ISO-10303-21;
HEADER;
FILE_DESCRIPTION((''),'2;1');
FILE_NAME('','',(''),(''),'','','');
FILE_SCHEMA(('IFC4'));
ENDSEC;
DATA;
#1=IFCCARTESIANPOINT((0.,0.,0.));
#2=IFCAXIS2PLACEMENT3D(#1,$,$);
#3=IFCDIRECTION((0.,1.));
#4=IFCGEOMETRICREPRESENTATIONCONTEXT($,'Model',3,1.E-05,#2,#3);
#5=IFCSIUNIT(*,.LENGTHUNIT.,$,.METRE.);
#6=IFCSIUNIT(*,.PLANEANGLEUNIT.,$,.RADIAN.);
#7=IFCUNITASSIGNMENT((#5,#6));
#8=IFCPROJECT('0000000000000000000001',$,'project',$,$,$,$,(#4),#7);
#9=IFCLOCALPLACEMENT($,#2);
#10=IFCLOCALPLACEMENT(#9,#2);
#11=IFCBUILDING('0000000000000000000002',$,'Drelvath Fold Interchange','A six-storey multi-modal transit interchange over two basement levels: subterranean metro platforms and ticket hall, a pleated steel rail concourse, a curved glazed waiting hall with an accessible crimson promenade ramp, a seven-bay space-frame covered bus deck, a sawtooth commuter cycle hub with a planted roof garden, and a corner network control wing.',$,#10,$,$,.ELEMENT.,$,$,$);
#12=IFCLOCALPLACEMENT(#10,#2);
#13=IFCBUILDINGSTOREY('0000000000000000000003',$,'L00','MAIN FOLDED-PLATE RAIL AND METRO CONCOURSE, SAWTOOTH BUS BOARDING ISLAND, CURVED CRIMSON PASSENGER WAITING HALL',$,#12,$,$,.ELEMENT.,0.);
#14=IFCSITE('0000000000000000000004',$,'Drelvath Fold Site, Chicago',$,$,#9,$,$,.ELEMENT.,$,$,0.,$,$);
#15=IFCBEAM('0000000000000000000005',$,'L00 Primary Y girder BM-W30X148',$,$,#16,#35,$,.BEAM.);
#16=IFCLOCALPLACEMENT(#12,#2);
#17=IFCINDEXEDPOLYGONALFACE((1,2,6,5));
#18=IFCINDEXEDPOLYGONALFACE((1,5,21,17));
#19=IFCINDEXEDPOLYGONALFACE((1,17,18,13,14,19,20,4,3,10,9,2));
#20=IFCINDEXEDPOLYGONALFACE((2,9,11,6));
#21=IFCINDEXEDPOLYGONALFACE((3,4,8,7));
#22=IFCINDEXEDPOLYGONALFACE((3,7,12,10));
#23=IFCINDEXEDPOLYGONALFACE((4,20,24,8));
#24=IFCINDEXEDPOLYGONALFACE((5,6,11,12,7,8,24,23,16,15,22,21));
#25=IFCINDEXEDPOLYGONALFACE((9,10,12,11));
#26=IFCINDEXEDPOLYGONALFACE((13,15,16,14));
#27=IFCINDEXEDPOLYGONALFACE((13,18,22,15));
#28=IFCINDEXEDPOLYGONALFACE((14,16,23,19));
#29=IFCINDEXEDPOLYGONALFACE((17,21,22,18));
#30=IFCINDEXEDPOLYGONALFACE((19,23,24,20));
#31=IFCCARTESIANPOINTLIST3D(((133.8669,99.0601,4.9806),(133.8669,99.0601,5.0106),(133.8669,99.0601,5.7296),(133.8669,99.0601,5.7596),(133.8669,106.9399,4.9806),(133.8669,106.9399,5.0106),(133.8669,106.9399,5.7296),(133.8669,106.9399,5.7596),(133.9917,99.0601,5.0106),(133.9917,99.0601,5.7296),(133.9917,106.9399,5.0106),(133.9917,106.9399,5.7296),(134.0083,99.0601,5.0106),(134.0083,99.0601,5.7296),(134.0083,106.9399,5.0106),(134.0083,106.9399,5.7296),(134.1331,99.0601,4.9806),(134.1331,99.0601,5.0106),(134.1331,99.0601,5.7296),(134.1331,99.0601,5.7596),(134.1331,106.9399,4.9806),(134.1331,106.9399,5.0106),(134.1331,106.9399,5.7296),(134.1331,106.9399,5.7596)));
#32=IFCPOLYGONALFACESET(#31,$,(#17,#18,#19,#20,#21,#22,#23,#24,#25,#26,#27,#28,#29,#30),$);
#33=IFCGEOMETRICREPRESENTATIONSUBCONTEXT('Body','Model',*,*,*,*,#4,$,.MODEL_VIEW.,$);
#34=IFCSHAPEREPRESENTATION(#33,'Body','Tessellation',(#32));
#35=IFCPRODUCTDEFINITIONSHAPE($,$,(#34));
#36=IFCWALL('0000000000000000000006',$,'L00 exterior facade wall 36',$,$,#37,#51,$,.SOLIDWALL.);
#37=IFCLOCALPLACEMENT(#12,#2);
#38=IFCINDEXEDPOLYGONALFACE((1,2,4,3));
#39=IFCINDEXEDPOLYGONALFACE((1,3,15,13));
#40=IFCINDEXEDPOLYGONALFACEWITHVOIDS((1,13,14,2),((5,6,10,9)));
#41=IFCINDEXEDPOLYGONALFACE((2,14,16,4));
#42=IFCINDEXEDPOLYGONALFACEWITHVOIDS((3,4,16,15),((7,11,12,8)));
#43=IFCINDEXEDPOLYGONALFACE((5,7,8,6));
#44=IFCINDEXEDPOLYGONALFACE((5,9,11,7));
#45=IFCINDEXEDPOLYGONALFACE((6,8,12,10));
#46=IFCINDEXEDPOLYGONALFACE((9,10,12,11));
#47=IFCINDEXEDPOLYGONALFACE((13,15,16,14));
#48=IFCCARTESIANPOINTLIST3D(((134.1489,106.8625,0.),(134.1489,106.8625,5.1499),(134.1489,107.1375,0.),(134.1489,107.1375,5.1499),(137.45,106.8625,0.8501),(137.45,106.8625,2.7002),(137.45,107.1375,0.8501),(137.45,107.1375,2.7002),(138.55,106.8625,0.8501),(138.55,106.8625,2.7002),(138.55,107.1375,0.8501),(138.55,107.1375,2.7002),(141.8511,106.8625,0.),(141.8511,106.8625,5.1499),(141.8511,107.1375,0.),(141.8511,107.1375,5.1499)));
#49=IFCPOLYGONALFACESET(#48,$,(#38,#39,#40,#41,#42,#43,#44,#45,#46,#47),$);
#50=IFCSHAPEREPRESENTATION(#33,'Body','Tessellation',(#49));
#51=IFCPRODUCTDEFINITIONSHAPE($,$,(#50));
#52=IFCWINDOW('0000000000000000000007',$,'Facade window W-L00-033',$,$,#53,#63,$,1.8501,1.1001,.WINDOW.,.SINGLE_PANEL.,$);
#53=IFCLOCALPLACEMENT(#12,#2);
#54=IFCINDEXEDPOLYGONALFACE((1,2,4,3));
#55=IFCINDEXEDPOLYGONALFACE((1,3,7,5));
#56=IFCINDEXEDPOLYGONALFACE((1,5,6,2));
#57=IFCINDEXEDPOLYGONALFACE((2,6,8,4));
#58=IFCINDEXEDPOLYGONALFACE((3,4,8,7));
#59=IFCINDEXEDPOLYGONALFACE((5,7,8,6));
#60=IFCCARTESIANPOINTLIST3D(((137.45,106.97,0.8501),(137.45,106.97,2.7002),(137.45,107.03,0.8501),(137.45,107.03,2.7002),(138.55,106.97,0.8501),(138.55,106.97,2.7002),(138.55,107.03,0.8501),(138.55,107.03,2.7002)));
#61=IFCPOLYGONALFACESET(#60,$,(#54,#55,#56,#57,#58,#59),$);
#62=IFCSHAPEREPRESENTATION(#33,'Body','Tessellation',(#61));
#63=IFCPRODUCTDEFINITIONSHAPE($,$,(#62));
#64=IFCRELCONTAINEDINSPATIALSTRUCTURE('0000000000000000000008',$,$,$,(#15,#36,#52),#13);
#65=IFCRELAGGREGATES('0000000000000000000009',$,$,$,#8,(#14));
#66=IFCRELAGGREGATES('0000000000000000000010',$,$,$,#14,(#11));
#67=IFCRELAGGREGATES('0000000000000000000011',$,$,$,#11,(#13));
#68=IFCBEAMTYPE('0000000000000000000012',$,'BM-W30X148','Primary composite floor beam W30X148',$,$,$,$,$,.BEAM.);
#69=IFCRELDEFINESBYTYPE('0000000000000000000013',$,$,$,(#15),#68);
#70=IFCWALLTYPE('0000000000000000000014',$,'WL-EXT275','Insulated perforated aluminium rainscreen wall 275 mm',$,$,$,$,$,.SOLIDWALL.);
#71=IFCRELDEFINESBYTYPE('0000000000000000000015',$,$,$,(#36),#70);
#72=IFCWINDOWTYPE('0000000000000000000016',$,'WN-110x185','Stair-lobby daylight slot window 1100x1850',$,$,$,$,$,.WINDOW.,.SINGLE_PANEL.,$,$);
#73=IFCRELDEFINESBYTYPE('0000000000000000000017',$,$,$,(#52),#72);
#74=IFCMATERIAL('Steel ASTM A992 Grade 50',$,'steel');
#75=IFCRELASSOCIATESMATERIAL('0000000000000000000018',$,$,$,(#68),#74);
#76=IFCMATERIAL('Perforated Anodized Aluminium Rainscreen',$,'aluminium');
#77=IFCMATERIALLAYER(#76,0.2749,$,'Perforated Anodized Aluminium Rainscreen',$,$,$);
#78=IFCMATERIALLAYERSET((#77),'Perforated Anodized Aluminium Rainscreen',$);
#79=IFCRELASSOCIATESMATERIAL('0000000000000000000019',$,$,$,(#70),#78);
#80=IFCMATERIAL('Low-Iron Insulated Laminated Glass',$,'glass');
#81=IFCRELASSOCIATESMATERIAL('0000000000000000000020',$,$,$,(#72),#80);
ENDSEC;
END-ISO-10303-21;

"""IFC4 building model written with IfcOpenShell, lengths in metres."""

from ifc_helpers import new_model, si_unit, direction, frame, frame_2d, origin, origin_2d, place, context, subcontext, project, spatial, rectangle, i_section, extrude, material, layer, layer_set, material_profile, profile_set, type_object, element, fill, save


model = new_model("IFC4")

# Units and contexts
model_context = context("Model", 3, precision=1e-05, world=origin(), true_north=direction((0.0, 1.0)))
body_context = subcontext(model_context, "Body", "Model", "MODEL_VIEW")
ifc_project = project(units=[si_unit("LENGTHUNIT", "METRE"), si_unit("PLANEANGLEUNIT", "RADIAN")], contexts=[model_context])

# Site, building, storey
site_placement = place(None, origin())
site = spatial("IfcSite", under=ifc_project, at=site_placement, Name="Drelvath Fold Site, Chicago", CompositionType="ELEMENT", RefElevation=0.0)
building_placement = place(site_placement, origin())
building = spatial("IfcBuilding", under=site, at=building_placement, Name="Drelvath Fold Interchange", Description="A six-storey multi-modal transit interchange over two basement levels: subterranean metro platforms and ticket hall, a pleated steel rail concourse, a curved glazed waiting hall with an accessible crimson promenade ramp, a seven-bay space-frame covered bus deck, a sawtooth commuter cycle hub with a planted roof garden, and a corner network control wing.", CompositionType="ELEMENT")
storey_placement = place(building_placement, origin())
storey = spatial("IfcBuildingStorey", under=building, at=storey_placement, Name="L00", Description="MAIN FOLDED-PLATE RAIL AND METRO CONCOURSE, SAWTOOTH BUS BOARDING ISLAND, CURVED CRIMSON PASSENGER WAITING HALL", CompositionType="ELEMENT", Elevation=0.0)

# Beam
ifc_material_1 = material(Name="Steel ASTM A992 Grade 50", Category="steel")
ifc_material_profile_1 = material_profile(ifc_material_1, i_section(OverallWidth=0.2661, OverallDepth=0.7791, WebThickness=0.0166, FlangeThickness=0.03, at=origin_2d()), Name="W30X148")
ifc_profile_set_1 = profile_set([ifc_material_profile_1], Name="Steel ASTM A992 Grade 50")
beam_type_1 = type_object("IfcBeamType", Name="BM-W30X148", Description="Primary composite floor beam W30X148", PredefinedType="BEAM", material=ifc_profile_set_1)
beam_placement = place(storey_placement, frame((134.0, 99.0601, 5.3701), z_axis=(0.0, 1.0, 0.0), x_axis=(-1.0, 0.0, 0.0)))
element("IfcBeam", 1, at=beam_placement, inside=storey, type_object=beam_type_1, Name="L00 Primary Y girder BM-W30X148", PredefinedType="BEAM", context=body_context, shape_type="SweptSolid", body=[
    extrude(i_section(OverallWidth=0.2661, OverallDepth=0.7791, WebThickness=0.0166, FlangeThickness=0.03, at=origin_2d()), origin(), (0.0, 0.0, 1.0), 7.8799),
])

# Wall, opening, window
ifc_material_2 = material(Name="Perforated Anodized Aluminium Rainscreen", Category="aluminium")
ifc_layer = layer(ifc_material_2, 0.2749, Name="Perforated Anodized Aluminium Rainscreen")
ifc_layer_set = layer_set([ifc_layer], Name="Perforated Anodized Aluminium Rainscreen")
wall_type = type_object("IfcWallType", Name="WL-EXT275", Description="Insulated perforated aluminium rainscreen wall 275 mm", PredefinedType="SOLIDWALL", material=ifc_layer_set)
wall_placement = place(storey_placement, frame((134.1489, 107.0, 0.0), z_axis=(0.0, 0.0, 1.0), x_axis=(1.0, 0.0, 0.0)))
wall = element("IfcWall", 2, at=wall_placement, inside=storey, type_object=wall_type, Name="L00 exterior facade wall 36", PredefinedType="SOLIDWALL", context=body_context, shape_type="SweptSolid", body=[
    extrude(rectangle(XDim=7.7021, YDim=0.2749, at=frame_2d((3.8511, 0.0))), origin(), (0.0, 0.0, 1.0), 5.1499),
])
opening_placement = place(wall_placement, frame((3.301, 0.0, 0.8501)))
opening = element("IfcOpeningElement", 3, at=opening_placement, cuts=wall, PredefinedType="OPENING", context=body_context, shape_type="SweptSolid", body=[
    extrude(rectangle(XDim=1.1001, YDim=1.8501, at=frame_2d((0.55, 0.925))), frame((0.0, 0.1475, 0.0), z_axis=(0.0, -1.0, 0.0), x_axis=(1.0, 0.0, 0.0)), (0.0, 0.0, 1.0), 0.2949),
])
ifc_material_3 = material(Name="Low-Iron Insulated Laminated Glass", Category="glass")
window_type = type_object("IfcWindowType", Name="WN-110x185", Description="Stair-lobby daylight slot window 1100x1850", PartitioningType="SINGLE_PANEL", PredefinedType="WINDOW", material=ifc_material_3)
window_placement = place(opening_placement, origin())
window = element("IfcWindow", 4, at=window_placement, inside=storey, type_object=window_type, Name="Facade window W-L00-033", OverallHeight=1.8501, OverallWidth=1.1001, PartitioningType="SINGLE_PANEL", PredefinedType="WINDOW", context=body_context, shape_type="SweptSolid", body=[
    extrude(rectangle(XDim=1.1001, YDim=1.8501, at=frame_2d((0.55, 0.925))), frame((0.0, 0.03, 0.0), z_axis=(0.0, -1.0, 0.0), x_axis=(1.0, 0.0, 0.0)), (0.0, 0.0, 1.0), 0.0601),
])
fill(opening, window)

save(model, "model.ifc")
